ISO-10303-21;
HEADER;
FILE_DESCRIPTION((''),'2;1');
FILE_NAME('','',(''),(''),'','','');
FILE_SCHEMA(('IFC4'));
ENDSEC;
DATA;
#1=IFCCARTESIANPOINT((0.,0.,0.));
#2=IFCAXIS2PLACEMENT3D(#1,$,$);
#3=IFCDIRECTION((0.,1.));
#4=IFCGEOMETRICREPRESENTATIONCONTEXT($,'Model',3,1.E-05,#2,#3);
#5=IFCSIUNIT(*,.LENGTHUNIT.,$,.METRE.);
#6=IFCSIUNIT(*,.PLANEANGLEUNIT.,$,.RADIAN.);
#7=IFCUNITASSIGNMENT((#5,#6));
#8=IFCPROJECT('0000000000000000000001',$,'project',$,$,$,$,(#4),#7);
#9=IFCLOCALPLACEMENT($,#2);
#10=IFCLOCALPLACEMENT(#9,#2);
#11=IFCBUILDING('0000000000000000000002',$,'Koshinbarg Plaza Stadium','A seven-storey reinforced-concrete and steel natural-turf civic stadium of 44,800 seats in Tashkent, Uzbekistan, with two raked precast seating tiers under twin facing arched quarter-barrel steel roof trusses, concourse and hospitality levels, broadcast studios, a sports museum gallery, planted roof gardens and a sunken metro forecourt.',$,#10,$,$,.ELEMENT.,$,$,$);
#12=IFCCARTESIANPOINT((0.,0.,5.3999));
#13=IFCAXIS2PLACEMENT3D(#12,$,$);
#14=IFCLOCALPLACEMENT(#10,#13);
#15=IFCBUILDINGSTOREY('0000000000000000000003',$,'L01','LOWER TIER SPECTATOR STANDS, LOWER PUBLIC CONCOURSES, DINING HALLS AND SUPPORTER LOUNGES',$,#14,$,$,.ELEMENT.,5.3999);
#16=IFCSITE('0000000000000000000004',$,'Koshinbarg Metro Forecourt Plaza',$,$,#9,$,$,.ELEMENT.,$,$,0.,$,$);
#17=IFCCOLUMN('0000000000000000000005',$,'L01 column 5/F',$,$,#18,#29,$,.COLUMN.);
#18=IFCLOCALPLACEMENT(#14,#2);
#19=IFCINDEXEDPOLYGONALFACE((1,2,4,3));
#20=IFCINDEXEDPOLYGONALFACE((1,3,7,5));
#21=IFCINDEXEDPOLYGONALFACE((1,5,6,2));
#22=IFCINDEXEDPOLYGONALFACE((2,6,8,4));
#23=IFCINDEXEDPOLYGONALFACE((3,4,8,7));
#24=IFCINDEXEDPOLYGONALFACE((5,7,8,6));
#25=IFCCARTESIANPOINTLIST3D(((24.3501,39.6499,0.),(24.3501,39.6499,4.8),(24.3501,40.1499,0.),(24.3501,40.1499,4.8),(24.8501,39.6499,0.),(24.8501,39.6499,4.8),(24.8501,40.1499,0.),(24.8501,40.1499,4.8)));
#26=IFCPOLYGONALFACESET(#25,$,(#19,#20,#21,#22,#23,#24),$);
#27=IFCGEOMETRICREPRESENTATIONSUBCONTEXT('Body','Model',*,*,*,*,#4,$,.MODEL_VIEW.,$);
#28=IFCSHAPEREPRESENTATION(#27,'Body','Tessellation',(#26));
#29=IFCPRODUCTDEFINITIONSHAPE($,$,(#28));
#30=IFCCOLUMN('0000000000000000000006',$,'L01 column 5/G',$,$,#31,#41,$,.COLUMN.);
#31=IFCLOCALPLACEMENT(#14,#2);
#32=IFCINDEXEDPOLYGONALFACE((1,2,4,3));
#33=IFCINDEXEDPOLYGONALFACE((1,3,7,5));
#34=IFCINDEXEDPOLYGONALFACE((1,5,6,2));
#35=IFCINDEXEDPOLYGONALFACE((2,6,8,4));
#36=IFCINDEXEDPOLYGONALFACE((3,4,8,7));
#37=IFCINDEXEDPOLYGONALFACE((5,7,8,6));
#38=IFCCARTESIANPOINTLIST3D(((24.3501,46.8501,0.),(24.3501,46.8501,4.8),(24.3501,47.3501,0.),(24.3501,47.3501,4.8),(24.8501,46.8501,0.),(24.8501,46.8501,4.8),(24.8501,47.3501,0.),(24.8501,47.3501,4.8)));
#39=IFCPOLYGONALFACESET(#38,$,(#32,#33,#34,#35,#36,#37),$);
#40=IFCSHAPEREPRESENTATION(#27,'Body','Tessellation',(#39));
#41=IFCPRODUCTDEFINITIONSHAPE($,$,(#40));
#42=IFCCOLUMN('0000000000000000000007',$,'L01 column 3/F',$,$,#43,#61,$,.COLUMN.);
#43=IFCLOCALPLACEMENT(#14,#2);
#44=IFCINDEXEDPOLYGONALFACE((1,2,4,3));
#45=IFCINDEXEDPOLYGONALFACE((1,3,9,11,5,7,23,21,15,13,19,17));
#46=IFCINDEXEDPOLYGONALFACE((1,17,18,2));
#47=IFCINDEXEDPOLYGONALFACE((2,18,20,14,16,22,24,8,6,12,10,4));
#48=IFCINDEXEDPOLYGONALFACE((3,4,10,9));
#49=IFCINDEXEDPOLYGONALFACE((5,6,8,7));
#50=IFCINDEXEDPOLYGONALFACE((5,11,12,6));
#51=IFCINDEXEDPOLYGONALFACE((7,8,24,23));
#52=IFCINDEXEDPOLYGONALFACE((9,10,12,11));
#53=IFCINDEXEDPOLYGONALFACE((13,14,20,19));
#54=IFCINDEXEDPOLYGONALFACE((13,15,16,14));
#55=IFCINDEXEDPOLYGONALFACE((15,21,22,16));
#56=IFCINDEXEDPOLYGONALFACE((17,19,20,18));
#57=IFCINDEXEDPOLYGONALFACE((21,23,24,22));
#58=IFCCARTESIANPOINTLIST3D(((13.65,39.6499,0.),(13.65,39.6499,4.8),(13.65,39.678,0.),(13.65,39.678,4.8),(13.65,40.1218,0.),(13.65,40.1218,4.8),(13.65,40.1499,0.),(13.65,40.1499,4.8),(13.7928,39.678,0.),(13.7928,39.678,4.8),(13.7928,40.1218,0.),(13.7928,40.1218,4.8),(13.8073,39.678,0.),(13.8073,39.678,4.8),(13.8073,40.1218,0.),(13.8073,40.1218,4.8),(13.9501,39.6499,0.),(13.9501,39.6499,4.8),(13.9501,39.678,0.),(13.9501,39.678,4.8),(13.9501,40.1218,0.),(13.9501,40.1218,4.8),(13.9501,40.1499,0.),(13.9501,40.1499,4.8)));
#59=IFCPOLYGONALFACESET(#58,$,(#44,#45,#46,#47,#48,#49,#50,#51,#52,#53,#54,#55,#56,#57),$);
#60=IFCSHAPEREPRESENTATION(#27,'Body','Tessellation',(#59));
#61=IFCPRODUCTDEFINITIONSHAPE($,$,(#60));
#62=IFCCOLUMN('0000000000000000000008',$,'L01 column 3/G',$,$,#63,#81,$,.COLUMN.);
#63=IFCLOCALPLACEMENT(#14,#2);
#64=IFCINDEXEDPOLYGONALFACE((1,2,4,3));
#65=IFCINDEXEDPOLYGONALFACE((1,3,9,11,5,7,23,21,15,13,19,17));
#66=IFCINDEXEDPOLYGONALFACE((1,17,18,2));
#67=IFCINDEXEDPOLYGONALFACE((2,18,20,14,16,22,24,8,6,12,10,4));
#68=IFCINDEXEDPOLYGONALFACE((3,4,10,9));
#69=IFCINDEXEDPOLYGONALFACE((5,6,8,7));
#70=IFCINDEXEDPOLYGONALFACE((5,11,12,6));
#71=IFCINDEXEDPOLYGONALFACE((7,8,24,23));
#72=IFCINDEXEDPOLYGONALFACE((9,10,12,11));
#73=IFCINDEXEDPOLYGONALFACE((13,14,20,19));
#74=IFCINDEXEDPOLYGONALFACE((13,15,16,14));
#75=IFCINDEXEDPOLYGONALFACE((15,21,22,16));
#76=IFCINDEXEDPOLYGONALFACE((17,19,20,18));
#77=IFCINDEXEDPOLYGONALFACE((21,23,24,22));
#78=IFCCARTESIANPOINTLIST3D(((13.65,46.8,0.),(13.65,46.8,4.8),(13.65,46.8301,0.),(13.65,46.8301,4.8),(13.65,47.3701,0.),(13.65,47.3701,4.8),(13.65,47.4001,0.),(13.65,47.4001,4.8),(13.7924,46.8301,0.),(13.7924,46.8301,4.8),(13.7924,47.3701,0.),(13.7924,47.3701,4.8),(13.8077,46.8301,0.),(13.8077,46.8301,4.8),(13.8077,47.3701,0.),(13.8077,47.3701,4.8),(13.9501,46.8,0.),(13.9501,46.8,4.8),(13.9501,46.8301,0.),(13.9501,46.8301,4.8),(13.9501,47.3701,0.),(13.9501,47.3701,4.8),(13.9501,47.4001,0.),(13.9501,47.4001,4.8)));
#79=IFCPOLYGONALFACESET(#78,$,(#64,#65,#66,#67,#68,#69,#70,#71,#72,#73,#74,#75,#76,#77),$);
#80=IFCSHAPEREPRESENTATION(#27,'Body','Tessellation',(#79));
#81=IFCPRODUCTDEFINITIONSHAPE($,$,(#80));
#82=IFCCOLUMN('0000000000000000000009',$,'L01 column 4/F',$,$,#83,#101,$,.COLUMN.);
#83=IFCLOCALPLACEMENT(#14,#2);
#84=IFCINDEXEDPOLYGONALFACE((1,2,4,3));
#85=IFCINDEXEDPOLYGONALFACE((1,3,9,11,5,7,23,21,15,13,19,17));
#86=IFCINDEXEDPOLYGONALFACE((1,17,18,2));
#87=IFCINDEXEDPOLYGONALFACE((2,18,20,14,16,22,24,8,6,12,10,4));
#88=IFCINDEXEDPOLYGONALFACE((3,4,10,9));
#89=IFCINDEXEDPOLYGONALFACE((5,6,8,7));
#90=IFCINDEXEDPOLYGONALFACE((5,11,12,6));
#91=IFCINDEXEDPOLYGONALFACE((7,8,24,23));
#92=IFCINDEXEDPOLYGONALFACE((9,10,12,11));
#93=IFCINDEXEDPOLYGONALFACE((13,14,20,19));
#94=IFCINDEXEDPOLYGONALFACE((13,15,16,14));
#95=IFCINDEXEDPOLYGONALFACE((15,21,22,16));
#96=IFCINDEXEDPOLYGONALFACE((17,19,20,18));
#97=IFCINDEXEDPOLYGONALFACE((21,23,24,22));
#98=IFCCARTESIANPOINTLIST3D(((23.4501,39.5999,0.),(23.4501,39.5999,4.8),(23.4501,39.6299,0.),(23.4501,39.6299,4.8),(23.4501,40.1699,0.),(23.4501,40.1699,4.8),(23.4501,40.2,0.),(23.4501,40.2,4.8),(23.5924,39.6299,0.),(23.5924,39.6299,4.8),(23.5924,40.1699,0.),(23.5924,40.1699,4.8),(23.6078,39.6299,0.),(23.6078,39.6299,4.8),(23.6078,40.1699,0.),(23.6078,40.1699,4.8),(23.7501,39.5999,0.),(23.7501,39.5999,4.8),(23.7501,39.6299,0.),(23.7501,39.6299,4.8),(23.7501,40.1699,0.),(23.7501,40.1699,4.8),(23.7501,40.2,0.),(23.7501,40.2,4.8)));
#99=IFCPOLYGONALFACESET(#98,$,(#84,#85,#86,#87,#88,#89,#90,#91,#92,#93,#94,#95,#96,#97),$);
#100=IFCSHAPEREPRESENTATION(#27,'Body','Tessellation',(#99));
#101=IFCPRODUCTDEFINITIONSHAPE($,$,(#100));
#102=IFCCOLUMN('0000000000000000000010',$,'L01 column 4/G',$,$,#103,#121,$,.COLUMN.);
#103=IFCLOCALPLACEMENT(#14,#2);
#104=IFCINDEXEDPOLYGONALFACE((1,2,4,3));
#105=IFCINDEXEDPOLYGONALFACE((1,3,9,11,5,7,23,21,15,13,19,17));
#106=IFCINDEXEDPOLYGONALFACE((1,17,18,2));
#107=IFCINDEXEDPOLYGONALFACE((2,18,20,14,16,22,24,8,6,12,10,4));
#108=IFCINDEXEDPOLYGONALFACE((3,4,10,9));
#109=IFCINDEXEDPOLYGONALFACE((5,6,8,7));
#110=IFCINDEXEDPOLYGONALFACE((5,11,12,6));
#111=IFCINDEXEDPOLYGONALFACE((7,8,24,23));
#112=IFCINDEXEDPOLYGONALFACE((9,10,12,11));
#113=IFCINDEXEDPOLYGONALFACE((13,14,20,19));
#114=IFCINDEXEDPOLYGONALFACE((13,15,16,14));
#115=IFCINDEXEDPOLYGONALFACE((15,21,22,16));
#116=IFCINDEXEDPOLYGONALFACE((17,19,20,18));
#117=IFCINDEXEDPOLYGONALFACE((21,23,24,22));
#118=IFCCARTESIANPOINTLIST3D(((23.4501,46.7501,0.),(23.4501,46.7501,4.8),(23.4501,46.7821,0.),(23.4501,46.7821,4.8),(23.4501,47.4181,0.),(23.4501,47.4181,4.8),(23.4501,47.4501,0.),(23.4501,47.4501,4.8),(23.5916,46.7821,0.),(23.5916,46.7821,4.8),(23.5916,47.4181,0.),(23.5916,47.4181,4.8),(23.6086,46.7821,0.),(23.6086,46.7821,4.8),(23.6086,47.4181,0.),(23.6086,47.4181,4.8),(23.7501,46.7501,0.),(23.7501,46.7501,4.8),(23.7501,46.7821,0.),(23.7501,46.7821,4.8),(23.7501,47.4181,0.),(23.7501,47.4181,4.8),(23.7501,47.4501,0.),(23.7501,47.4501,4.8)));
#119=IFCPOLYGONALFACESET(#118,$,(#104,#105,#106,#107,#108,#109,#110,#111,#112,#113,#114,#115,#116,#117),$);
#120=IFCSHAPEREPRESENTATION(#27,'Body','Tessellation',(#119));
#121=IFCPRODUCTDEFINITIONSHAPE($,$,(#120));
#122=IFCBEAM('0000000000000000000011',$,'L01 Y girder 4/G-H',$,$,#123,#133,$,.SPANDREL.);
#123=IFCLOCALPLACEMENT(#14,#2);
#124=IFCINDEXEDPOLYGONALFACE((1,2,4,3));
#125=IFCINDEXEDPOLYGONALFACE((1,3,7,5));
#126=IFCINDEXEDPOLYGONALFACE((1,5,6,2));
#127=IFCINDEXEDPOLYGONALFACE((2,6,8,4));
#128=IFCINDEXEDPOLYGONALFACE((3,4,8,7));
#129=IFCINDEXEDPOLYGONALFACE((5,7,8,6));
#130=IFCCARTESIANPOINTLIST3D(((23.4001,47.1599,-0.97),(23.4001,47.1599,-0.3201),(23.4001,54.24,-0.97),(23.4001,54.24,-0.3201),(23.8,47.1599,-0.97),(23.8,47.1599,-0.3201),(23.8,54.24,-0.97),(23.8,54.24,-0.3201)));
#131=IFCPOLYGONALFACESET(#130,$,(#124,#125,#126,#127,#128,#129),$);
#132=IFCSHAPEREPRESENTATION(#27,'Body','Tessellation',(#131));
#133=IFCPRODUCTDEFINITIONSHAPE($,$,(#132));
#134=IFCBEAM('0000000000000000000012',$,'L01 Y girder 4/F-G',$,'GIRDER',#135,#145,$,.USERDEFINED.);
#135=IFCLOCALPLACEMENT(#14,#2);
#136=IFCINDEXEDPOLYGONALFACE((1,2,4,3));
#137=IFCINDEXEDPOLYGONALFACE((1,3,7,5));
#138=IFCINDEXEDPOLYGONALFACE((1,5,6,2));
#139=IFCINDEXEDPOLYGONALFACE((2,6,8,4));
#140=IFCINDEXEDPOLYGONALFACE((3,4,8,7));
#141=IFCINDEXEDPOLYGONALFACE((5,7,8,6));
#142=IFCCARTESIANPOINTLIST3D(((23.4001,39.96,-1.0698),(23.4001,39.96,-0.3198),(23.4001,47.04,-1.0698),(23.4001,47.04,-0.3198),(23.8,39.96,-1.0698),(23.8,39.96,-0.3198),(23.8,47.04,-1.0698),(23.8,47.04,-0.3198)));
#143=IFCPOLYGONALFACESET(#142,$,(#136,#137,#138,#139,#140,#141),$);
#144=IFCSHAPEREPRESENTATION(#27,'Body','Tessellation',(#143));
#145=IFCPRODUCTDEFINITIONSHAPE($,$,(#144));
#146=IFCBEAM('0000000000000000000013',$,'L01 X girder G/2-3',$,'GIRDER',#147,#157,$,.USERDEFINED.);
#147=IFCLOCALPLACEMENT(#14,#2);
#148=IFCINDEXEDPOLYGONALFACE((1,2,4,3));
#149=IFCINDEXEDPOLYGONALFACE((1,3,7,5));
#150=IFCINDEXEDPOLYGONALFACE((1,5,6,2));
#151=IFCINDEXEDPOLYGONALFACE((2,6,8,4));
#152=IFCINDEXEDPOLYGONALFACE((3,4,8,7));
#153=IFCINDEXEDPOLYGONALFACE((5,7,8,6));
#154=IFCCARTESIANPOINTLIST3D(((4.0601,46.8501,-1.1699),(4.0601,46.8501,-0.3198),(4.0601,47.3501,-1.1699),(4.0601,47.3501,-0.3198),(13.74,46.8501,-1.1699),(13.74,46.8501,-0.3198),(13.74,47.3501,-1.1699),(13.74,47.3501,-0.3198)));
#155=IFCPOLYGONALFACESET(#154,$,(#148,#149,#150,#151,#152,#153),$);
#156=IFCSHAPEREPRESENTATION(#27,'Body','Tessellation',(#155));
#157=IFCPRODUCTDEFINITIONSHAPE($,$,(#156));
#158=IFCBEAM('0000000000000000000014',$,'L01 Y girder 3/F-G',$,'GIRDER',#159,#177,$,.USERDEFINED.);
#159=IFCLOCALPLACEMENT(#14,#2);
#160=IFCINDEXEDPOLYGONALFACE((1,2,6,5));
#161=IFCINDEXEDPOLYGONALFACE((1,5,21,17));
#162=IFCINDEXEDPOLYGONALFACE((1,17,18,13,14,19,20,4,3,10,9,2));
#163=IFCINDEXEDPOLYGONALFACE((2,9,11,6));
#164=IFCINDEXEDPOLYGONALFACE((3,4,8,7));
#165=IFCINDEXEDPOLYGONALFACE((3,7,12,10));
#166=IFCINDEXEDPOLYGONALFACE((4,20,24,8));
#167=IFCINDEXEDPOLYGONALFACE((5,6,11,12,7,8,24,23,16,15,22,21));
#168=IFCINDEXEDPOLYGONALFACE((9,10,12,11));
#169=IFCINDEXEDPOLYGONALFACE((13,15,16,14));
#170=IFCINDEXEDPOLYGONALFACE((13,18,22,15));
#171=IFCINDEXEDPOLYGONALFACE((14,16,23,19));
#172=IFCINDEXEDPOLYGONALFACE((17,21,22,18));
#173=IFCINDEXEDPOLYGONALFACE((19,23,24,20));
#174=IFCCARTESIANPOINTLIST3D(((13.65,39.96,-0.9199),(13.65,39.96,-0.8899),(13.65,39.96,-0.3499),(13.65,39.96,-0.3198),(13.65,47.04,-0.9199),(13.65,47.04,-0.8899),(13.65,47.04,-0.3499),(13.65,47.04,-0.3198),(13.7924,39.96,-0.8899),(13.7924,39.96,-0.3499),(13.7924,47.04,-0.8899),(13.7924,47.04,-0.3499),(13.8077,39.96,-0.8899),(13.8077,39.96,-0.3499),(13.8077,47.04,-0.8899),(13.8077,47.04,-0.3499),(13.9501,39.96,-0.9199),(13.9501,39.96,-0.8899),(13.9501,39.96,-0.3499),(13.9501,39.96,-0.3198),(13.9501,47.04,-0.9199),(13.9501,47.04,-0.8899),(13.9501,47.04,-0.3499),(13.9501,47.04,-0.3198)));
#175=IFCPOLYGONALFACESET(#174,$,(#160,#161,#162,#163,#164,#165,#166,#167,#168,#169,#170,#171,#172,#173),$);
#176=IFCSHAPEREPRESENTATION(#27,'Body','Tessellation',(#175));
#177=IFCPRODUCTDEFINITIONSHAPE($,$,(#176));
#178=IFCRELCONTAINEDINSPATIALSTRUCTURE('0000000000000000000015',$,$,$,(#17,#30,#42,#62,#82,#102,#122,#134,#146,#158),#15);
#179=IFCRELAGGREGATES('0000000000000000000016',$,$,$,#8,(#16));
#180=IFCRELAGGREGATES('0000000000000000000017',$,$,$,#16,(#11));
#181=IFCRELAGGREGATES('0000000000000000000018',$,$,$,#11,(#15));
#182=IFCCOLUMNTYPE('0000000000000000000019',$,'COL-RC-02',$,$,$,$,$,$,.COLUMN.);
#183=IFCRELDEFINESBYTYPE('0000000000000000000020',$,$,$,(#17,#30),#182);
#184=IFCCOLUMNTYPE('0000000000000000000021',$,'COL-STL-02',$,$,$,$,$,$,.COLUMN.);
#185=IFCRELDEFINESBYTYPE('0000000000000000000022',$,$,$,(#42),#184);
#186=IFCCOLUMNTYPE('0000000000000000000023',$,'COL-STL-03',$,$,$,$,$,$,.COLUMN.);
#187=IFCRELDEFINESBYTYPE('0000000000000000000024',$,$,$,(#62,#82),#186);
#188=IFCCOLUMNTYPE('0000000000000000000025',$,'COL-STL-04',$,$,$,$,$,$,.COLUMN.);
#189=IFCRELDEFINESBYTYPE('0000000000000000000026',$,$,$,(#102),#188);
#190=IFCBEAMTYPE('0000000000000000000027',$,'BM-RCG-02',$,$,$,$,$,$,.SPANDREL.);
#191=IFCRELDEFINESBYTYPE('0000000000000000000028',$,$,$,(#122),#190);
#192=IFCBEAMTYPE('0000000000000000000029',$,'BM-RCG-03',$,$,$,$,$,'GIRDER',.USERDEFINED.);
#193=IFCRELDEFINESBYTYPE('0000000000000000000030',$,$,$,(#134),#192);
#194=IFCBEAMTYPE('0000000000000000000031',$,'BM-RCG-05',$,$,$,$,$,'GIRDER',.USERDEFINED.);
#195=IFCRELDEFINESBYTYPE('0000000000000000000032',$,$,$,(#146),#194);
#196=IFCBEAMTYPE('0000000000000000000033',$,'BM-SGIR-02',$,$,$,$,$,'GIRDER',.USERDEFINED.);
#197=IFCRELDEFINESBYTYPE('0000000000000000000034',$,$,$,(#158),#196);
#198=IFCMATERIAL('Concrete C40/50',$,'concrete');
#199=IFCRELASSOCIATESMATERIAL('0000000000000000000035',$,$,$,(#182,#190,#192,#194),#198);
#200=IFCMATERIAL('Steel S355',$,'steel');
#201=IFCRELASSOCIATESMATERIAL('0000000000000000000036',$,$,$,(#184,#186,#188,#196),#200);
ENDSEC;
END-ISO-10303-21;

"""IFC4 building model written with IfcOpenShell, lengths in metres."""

from ifc_helpers import new_model, si_unit, direction, frame, origin, origin_2d, place, context, subcontext, project, spatial, rectangle, i_section, extrude, material, material_profile, profile_set, type_object, element, save


model = new_model("IFC4")

# Units and contexts
model_context = context("Model", 3, precision=1e-05, world=origin(), true_north=direction((0.0, 1.0)))
body_context = subcontext(model_context, "Body", "Model", "MODEL_VIEW")
ifc_project = project(units=[si_unit("LENGTHUNIT", "METRE"), si_unit("PLANEANGLEUNIT", "RADIAN")], contexts=[model_context])

# Site, building, storey
site_placement = place(None, origin())
site = spatial("IfcSite", under=ifc_project, at=site_placement, Name="Koshinbarg Metro Forecourt Plaza", CompositionType="ELEMENT", RefElevation=0.0)
building_placement = place(site_placement, origin())
building = spatial("IfcBuilding", under=site, at=building_placement, Name="Koshinbarg Plaza Stadium", Description="A seven-storey reinforced-concrete and steel natural-turf civic stadium of 44,800 seats in Tashkent, Uzbekistan, with two raked precast seating tiers under twin facing arched quarter-barrel steel roof trusses, concourse and hospitality levels, broadcast studios, a sports museum gallery, planted roof gardens and a sunken metro forecourt.", CompositionType="ELEMENT")
storey_placement = place(building_placement, frame((0.0, 0.0, 5.3999)))
storey = spatial("IfcBuildingStorey", under=building, at=storey_placement, Name="L01", Description="LOWER TIER SPECTATOR STANDS, LOWER PUBLIC CONCOURSES, DINING HALLS AND SUPPORTER LOUNGES", CompositionType="ELEMENT", Elevation=5.3999)

# Columns
ifc_material_1 = material(Name="Concrete C40/50", Category="concrete")
ifc_material_profile_1 = material_profile(ifc_material_1, rectangle(XDim=0.5, YDim=0.5, at=origin_2d()), Name="RC 500x500")
ifc_profile_set_1 = profile_set([ifc_material_profile_1], Name="Concrete C40/50")
column_type_1 = type_object("IfcColumnType", Name="COL-RC-02", PredefinedType="COLUMN", material=ifc_profile_set_1)
for number, where, z_axis, x_axis, name in (
    (1, (24.6001, 39.8999, 0.0), (0.0, 0.0, 1.0), (1.0, 0.0, 0.0), "L01 column 5/F"),
    (2, (24.6001, 47.1001, 0.0), (0.0, 0.0, 1.0), (1.0, 0.0, 0.0), "L01 column 5/G"),
):
    element("IfcColumn", number, at=place(storey_placement, frame(where, z_axis=z_axis, x_axis=x_axis)), inside=storey, type_object=column_type_1, Name=name, PredefinedType="COLUMN", context=body_context, shape_type="SweptSolid", body=[
        extrude(rectangle(XDim=0.5, YDim=0.5, at=origin_2d()), origin(), (0.0, 0.0, 1.0), 4.8),
    ])
ifc_material_2 = material(Name="Steel S355", Category="steel")
ifc_material_profile_2 = material_profile(ifc_material_2, i_section(OverallWidth=0.3, OverallDepth=0.5, WebThickness=0.0144, FlangeThickness=0.0281, at=origin_2d()), Name="HEB 500")
ifc_profile_set_2 = profile_set([ifc_material_profile_2], Name="Steel S355")
column_type_2 = type_object("IfcColumnType", Name="COL-STL-02", PredefinedType="COLUMN", material=ifc_profile_set_2)
column_1_placement = place(storey_placement, frame((13.8, 39.8999, 0.0), z_axis=(0.0, 0.0, 1.0), x_axis=(1.0, 0.0, 0.0)))
element("IfcColumn", 3, at=column_1_placement, inside=storey, type_object=column_type_2, Name="L01 column 3/F", PredefinedType="COLUMN", context=body_context, shape_type="SweptSolid", body=[
    extrude(i_section(OverallWidth=0.3, OverallDepth=0.5, WebThickness=0.0144, FlangeThickness=0.0281, at=origin_2d()), origin(), (0.0, 0.0, 1.0), 4.8),
])
ifc_material_profile_3 = material_profile(ifc_material_2, i_section(OverallWidth=0.3, OverallDepth=0.6001, WebThickness=0.0154, FlangeThickness=0.03, at=origin_2d()), Name="HEB 600")
ifc_profile_set_3 = profile_set([ifc_material_profile_3], Name="Steel S355")
column_type_3 = type_object("IfcColumnType", Name="COL-STL-03", PredefinedType="COLUMN", material=ifc_profile_set_3)
for number, where, z_axis, x_axis, name in (
    (4, (13.8, 47.1001, 0.0), (0.0, 0.0, 1.0), (1.0, 0.0, 0.0), "L01 column 3/G"),
    (5, (23.6001, 39.8999, 0.0), (0.0, 0.0, 1.0), (1.0, 0.0, 0.0), "L01 column 4/F"),
):
    element("IfcColumn", number, at=place(storey_placement, frame(where, z_axis=z_axis, x_axis=x_axis)), inside=storey, type_object=column_type_3, Name=name, PredefinedType="COLUMN", context=body_context, shape_type="SweptSolid", body=[
        extrude(i_section(OverallWidth=0.3, OverallDepth=0.6001, WebThickness=0.0154, FlangeThickness=0.03, at=origin_2d()), origin(), (0.0, 0.0, 1.0), 4.8),
    ])
ifc_material_profile_4 = material_profile(ifc_material_2, i_section(OverallWidth=0.3, OverallDepth=0.7, WebThickness=0.0171, FlangeThickness=0.032, at=origin_2d()), Name="HEB 700")
ifc_profile_set_4 = profile_set([ifc_material_profile_4], Name="Steel S355")
column_type_4 = type_object("IfcColumnType", Name="COL-STL-04", PredefinedType="COLUMN", material=ifc_profile_set_4)
column_2_placement = place(storey_placement, frame((23.6001, 47.1001, 0.0), z_axis=(0.0, 0.0, 1.0), x_axis=(1.0, 0.0, 0.0)))
element("IfcColumn", 6, at=column_2_placement, inside=storey, type_object=column_type_4, Name="L01 column 4/G", PredefinedType="COLUMN", context=body_context, shape_type="SweptSolid", body=[
    extrude(i_section(OverallWidth=0.3, OverallDepth=0.7, WebThickness=0.0171, FlangeThickness=0.032, at=origin_2d()), origin(), (0.0, 0.0, 1.0), 4.8),
])

# Beams
ifc_material_profile_5 = material_profile(ifc_material_1, rectangle(XDim=0.3999, YDim=0.6499, at=origin_2d()), Name="RC 400x650")
ifc_profile_set_5 = profile_set([ifc_material_profile_5], Name="Concrete C40/50")
beam_type_1 = type_object("IfcBeamType", Name="BM-RCG-02", PredefinedType="SPANDREL", material=ifc_profile_set_5)
beam_1_placement = place(storey_placement, frame((23.6001, 47.1599, -0.645), z_axis=(0.0, 1.0, 0.0), x_axis=(-1.0, 0.0, 0.0)))
element("IfcBeam", 7, at=beam_1_placement, inside=storey, type_object=beam_type_1, Name="L01 Y girder 4/G-H", PredefinedType="SPANDREL", context=body_context, shape_type="SweptSolid", body=[
    extrude(rectangle(XDim=0.3999, YDim=0.6499, at=origin_2d()), origin(), (0.0, 0.0, 1.0), 7.0801),
])
ifc_material_profile_6 = material_profile(ifc_material_1, rectangle(XDim=0.3999, YDim=0.75, at=origin_2d()), Name="RC 400x750")
ifc_profile_set_6 = profile_set([ifc_material_profile_6], Name="Concrete C40/50")
beam_type_2 = type_object("IfcBeamType", Name="BM-RCG-03", ElementType="GIRDER", PredefinedType="USERDEFINED", material=ifc_profile_set_6)
beam_2_placement = place(storey_placement, frame((23.6001, 39.96, -0.6948), z_axis=(0.0, 1.0, 0.0), x_axis=(-1.0, 0.0, 0.0)))
element("IfcBeam", 8, at=beam_2_placement, inside=storey, type_object=beam_type_2, Name="L01 Y girder 4/F-G", ObjectType="GIRDER", PredefinedType="USERDEFINED", context=body_context, shape_type="SweptSolid", body=[
    extrude(rectangle(XDim=0.3999, YDim=0.75, at=origin_2d()), origin(), (0.0, 0.0, 1.0), 7.0801),
])
ifc_material_profile_7 = material_profile(ifc_material_1, rectangle(XDim=0.5, YDim=0.8501, at=origin_2d()), Name="RC 500x850")
ifc_profile_set_7 = profile_set([ifc_material_profile_7], Name="Concrete C40/50")
beam_type_3 = type_object("IfcBeamType", Name="BM-RCG-05", ElementType="GIRDER", PredefinedType="USERDEFINED", material=ifc_profile_set_7)
beam_3_placement = place(storey_placement, frame((4.0601, 47.1001, -0.7449), z_axis=(1.0, 0.0, 0.0), x_axis=(0.0, 1.0, 0.0)))
element("IfcBeam", 9, at=beam_3_placement, inside=storey, type_object=beam_type_3, Name="L01 X girder G/2-3", ObjectType="GIRDER", PredefinedType="USERDEFINED", context=body_context, shape_type="SweptSolid", body=[
    extrude(rectangle(XDim=0.5, YDim=0.8501, at=origin_2d()), origin(), (0.0, 0.0, 1.0), 9.6799),
])
ifc_material_profile_8 = material_profile(ifc_material_2, i_section(OverallWidth=0.3, OverallDepth=0.6001, WebThickness=0.0154, FlangeThickness=0.03, at=origin_2d()), Name="HEB 600")
ifc_profile_set_8 = profile_set([ifc_material_profile_8], Name="Steel S355")
beam_type_4 = type_object("IfcBeamType", Name="BM-SGIR-02", ElementType="GIRDER", PredefinedType="USERDEFINED", material=ifc_profile_set_8)
for number, where, z_axis, x_axis, name in (
    (10, (13.8, 39.96, -0.6199), (0.0, 1.0, 0.0), (-1.0, 0.0, 0.0), "L01 Y girder 3/F-G"),
):
    element("IfcBeam", number, at=place(storey_placement, frame(where, z_axis=z_axis, x_axis=x_axis)), inside=storey, type_object=beam_type_4, Name=name, ObjectType="GIRDER", PredefinedType="USERDEFINED", context=body_context, shape_type="SweptSolid", body=[
        extrude(i_section(OverallWidth=0.3, OverallDepth=0.6001, WebThickness=0.0154, FlangeThickness=0.03, at=origin_2d()), origin(), (0.0, 0.0, 1.0), 7.0801),
    ])

save(model, "model.ifc")
